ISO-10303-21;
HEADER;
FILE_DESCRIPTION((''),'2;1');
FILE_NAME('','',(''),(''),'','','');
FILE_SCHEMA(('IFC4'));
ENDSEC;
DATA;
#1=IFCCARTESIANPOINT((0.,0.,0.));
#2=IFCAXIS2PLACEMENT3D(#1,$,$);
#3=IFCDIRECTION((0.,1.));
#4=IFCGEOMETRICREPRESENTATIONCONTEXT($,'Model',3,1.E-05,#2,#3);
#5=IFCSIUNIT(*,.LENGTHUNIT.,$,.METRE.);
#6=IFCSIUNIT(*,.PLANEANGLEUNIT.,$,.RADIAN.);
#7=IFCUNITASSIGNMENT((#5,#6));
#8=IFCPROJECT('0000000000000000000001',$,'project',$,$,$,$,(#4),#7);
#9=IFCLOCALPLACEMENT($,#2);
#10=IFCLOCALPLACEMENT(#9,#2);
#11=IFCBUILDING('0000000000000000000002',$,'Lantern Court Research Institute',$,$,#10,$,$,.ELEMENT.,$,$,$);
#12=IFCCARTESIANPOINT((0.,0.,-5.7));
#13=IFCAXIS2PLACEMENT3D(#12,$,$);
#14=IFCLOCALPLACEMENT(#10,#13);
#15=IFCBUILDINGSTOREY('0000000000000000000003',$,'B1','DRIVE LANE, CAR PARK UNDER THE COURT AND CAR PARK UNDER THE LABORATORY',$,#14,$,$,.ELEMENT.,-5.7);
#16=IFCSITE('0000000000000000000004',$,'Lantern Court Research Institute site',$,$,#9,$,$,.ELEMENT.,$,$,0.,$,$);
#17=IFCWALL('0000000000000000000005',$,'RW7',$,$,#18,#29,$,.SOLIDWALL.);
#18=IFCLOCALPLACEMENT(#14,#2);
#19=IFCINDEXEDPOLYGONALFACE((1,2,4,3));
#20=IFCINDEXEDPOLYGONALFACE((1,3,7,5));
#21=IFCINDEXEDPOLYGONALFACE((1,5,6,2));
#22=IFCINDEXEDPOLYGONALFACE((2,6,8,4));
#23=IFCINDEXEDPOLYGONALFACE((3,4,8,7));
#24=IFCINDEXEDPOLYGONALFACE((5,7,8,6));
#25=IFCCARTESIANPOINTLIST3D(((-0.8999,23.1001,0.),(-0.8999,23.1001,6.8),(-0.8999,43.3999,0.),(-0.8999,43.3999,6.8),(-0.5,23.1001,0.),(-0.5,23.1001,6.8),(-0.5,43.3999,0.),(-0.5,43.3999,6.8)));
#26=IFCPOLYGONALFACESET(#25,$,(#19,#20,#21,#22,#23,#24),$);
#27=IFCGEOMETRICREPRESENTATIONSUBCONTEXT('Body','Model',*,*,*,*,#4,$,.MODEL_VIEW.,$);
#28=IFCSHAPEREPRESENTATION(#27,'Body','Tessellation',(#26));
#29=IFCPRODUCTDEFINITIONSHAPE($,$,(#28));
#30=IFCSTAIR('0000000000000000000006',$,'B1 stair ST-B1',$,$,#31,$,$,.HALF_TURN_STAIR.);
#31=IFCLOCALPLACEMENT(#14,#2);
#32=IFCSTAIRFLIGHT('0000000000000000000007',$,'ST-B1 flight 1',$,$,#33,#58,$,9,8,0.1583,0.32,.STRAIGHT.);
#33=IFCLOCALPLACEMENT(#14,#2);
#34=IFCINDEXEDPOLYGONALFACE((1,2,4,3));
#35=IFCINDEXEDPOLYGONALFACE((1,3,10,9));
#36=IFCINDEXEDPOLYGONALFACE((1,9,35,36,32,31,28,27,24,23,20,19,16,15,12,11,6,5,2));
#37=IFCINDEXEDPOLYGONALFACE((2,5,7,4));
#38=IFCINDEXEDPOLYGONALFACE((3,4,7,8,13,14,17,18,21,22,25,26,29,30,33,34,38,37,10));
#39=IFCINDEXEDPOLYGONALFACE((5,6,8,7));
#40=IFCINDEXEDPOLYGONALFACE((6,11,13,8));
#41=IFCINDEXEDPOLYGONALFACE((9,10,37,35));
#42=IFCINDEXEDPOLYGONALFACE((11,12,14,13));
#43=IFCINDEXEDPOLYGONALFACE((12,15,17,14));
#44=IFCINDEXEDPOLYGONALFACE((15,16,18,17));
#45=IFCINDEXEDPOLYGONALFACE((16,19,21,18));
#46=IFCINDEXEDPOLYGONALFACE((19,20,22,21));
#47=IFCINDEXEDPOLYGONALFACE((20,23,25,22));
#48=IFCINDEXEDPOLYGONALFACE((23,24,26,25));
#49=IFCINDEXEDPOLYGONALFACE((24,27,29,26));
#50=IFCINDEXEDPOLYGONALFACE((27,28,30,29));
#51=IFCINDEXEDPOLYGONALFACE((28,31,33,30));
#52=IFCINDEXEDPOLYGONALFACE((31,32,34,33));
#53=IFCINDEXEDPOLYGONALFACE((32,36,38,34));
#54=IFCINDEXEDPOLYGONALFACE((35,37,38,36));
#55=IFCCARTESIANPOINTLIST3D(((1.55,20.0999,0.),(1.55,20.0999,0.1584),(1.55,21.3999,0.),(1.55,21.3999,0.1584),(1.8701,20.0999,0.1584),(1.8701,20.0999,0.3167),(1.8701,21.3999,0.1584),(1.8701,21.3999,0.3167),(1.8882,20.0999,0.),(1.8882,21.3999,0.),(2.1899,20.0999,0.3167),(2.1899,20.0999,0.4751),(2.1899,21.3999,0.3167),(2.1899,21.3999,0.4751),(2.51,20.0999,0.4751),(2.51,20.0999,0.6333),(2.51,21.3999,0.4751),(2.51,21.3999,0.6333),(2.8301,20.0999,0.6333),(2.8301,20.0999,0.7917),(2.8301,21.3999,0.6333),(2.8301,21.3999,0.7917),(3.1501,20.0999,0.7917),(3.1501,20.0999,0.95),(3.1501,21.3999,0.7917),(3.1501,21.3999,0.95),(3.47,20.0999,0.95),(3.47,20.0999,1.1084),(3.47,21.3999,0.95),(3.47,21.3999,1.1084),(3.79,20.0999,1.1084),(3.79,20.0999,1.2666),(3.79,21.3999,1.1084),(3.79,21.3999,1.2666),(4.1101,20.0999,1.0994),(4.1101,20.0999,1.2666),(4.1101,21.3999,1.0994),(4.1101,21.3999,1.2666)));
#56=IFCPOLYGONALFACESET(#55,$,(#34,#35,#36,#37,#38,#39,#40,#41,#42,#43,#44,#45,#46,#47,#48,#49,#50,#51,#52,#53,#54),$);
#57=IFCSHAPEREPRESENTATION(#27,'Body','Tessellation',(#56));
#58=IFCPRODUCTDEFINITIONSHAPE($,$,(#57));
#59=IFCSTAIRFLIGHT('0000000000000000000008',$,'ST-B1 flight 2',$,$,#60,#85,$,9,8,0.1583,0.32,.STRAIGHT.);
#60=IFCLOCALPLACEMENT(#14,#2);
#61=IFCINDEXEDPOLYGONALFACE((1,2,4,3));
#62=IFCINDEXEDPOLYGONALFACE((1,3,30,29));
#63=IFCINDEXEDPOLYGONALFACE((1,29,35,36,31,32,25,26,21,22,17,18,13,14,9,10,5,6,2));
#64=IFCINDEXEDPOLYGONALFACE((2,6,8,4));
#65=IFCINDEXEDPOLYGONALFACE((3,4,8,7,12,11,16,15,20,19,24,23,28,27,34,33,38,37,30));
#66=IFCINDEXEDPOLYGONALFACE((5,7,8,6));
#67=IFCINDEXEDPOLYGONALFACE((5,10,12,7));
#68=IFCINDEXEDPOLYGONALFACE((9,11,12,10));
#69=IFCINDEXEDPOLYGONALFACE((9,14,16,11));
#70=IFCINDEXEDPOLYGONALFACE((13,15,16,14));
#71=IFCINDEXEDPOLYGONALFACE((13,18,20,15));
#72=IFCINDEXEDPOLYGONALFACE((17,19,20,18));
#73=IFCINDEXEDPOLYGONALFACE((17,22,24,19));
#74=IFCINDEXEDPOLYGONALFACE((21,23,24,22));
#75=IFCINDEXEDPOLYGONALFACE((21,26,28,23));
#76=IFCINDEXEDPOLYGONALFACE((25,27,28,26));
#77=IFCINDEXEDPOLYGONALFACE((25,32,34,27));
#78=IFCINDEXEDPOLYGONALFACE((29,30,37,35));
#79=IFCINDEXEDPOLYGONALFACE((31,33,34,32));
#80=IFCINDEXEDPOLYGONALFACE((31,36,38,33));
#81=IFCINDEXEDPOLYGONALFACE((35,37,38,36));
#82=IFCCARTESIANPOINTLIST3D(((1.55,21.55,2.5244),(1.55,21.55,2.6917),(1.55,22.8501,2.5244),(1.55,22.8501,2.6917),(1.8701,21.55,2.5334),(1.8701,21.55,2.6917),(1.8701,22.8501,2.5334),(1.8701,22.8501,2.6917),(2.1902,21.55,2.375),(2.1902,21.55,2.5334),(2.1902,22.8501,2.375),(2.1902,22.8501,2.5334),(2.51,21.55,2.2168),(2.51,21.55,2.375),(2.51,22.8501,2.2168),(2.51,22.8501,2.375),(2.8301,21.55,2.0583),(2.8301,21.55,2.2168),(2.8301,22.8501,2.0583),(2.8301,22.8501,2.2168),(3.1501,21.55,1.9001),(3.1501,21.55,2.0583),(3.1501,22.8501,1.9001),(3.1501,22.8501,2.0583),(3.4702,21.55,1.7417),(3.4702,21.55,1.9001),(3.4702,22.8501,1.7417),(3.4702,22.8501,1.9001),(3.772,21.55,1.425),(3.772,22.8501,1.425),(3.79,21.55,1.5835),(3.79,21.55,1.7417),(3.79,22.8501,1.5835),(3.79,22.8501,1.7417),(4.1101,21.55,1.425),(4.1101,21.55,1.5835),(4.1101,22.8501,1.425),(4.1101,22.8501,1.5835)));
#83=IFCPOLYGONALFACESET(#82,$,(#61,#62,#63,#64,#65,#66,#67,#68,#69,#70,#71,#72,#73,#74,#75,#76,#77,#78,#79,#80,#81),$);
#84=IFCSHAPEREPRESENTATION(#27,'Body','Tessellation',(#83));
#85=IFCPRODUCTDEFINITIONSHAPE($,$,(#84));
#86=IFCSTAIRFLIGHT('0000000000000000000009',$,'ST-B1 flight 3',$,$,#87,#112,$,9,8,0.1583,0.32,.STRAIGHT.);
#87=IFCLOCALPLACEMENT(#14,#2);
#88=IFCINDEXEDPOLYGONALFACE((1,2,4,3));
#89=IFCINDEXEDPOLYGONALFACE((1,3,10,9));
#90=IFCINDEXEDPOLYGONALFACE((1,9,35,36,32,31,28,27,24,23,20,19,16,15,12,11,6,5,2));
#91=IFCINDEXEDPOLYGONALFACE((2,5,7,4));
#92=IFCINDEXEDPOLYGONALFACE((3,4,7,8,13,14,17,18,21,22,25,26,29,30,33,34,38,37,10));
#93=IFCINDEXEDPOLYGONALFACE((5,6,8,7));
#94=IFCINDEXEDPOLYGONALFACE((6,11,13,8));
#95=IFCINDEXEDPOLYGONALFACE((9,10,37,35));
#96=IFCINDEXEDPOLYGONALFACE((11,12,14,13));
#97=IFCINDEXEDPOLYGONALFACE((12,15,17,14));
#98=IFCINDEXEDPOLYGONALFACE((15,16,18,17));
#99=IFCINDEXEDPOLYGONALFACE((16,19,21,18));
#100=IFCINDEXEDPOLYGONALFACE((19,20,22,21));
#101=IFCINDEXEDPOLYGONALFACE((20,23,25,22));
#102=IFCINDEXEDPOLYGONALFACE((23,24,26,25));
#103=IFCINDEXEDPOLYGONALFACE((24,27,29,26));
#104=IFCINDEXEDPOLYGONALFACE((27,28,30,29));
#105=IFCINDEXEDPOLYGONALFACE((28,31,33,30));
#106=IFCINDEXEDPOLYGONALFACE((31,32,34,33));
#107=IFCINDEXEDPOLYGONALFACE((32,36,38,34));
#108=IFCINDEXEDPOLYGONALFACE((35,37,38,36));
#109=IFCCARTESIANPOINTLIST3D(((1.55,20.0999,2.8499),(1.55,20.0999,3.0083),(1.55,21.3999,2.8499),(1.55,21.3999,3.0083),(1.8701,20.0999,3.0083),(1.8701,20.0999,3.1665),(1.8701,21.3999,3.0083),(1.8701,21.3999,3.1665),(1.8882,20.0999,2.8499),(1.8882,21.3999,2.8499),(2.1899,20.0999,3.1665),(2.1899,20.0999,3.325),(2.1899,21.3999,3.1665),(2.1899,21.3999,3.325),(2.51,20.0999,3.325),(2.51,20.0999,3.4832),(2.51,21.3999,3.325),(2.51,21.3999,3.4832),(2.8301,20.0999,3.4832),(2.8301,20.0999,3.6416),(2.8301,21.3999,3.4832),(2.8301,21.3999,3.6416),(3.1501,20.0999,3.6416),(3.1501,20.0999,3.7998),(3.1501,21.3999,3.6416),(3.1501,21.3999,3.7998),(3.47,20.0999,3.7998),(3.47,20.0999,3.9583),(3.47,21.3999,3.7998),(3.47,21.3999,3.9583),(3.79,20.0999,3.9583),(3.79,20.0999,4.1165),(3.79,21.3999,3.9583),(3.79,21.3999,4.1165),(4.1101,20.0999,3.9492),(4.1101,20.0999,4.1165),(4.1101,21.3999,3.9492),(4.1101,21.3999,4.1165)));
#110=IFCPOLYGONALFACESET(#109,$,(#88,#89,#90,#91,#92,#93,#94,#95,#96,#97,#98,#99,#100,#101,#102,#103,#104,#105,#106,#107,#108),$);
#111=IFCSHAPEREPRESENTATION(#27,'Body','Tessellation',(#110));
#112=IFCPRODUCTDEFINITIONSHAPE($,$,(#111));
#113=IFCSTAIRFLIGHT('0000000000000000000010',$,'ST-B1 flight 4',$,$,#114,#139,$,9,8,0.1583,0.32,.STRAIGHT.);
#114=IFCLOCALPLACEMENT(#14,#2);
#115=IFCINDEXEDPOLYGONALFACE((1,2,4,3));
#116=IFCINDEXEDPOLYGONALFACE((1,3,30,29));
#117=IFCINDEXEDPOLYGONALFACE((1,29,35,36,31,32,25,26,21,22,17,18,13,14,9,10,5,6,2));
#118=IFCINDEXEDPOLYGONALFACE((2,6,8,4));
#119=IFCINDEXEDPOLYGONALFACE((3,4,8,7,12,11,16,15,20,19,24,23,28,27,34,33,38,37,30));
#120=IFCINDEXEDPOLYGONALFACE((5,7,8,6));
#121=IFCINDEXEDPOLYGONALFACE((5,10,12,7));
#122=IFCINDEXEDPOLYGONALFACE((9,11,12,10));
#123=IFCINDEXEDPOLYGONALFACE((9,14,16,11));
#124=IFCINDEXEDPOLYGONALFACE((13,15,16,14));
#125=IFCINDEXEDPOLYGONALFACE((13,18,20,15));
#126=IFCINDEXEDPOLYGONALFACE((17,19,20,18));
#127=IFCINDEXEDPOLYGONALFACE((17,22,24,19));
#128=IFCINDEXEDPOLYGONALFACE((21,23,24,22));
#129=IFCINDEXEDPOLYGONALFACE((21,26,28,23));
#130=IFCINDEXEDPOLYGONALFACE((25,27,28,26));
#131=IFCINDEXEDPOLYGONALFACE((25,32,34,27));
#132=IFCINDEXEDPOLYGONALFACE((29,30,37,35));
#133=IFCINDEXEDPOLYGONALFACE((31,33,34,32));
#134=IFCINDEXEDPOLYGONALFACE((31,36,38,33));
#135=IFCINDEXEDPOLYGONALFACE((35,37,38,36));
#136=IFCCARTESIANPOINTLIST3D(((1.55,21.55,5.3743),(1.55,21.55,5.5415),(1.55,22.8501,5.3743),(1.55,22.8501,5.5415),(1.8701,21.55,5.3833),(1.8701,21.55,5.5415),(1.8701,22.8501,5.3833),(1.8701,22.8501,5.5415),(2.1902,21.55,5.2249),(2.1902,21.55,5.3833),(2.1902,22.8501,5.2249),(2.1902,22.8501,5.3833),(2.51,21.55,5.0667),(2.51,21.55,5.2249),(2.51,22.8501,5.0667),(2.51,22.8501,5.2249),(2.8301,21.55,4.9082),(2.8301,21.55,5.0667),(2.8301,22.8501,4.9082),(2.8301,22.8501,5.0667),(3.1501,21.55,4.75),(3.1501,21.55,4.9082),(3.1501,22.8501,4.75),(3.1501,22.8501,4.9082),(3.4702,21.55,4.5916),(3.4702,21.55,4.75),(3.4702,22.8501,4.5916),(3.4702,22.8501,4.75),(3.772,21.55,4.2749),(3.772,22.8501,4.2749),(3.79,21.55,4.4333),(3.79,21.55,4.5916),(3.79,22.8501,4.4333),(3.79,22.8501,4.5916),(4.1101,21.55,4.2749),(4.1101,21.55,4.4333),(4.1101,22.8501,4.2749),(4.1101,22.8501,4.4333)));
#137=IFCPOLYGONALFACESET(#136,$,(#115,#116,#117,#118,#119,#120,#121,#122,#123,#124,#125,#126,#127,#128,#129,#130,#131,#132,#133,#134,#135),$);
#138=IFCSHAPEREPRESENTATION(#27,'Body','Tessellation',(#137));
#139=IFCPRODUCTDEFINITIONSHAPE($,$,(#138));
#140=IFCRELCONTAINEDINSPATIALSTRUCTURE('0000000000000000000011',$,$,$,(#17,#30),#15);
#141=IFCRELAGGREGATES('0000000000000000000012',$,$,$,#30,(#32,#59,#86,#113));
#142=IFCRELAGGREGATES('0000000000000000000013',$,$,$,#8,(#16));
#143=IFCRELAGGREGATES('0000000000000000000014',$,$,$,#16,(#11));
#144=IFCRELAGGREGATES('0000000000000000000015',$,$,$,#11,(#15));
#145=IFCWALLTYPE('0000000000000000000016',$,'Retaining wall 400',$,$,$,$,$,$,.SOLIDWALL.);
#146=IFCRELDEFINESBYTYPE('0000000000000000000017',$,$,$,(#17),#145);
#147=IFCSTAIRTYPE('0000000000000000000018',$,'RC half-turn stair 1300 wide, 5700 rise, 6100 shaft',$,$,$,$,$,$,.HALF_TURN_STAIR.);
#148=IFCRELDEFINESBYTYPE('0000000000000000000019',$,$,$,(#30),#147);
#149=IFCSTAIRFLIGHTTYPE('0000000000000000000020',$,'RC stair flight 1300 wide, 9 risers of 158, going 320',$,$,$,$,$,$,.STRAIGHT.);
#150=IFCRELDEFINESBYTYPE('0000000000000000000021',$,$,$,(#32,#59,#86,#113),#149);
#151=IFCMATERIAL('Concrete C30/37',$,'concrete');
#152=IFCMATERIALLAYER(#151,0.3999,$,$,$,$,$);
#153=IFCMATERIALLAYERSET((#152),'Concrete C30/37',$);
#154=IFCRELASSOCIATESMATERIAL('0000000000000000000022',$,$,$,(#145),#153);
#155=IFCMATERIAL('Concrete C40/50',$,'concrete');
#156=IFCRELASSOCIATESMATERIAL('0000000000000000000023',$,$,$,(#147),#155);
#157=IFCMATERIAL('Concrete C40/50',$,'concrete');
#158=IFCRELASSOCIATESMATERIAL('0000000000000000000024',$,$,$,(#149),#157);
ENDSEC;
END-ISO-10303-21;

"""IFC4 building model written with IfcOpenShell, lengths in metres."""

from ifc_helpers import new_model, si_unit, direction, frame, frame_2d, origin, place, context, subcontext, project, spatial, polyline, rectangle, outline, extrude, material, layer, layer_set, type_object, element, aggregate, save


model = new_model("IFC4")

# Units and contexts
model_context = context("Model", 3, precision=1e-05, world=origin(), true_north=direction((0.0, 1.0)))
body_context = subcontext(model_context, "Body", "Model", "MODEL_VIEW")
ifc_project = project(units=[si_unit("LENGTHUNIT", "METRE"), si_unit("PLANEANGLEUNIT", "RADIAN")], contexts=[model_context])

# Site, building, storey
site_placement = place(None, origin())
site = spatial("IfcSite", under=ifc_project, at=site_placement, Name="Lantern Court Research Institute site", CompositionType="ELEMENT", RefElevation=0.0)
building_placement = place(site_placement, origin())
building = spatial("IfcBuilding", under=site, at=building_placement, Name="Lantern Court Research Institute", CompositionType="ELEMENT")
storey_placement = place(building_placement, frame((0.0, 0.0, -5.7)))
storey = spatial("IfcBuildingStorey", under=building, at=storey_placement, Name="B1", Description="DRIVE LANE, CAR PARK UNDER THE COURT AND CAR PARK UNDER THE LABORATORY", CompositionType="ELEMENT", Elevation=-5.7)

# Wall
ifc_material_1 = material(Name="Concrete C30/37", Category="concrete")
ifc_layer_1 = layer(ifc_material_1, 0.3999)
ifc_layer_set_1 = layer_set([ifc_layer_1], Name="Concrete C30/37")
wall_type_1 = type_object("IfcWallType", Name="Retaining wall 400", PredefinedType="SOLIDWALL", material=ifc_layer_set_1)
wall_1_placement = place(storey_placement, frame((-0.7, 23.1001, 0.0), z_axis=(0.0, 0.0, 1.0), x_axis=(0.0, 1.0, 0.0)))
element("IfcWall", 1, at=wall_1_placement, inside=storey, type_object=wall_type_1, Name="RW7", PredefinedType="SOLIDWALL", context=body_context, shape_type="SweptSolid", body=[
    extrude(rectangle(XDim=20.2998, YDim=0.3999, at=frame_2d((10.1499, 0.0))), origin(), (0.0, 0.0, 1.0), 6.8),
])

# Stair, stair flights
ifc_material_2 = material(Name="Concrete C40/50", Category="concrete")
stair_type = type_object("IfcStairType", Name="RC half-turn stair 1300 wide, 5700 rise, 6100 shaft", PredefinedType="HALF_TURN_STAIR", material=ifc_material_2)
stair_placement = place(storey_placement, origin())
stair = element("IfcStair", 2, at=stair_placement, inside=storey, type_object=stair_type, Name="B1 stair ST-B1", PredefinedType="HALF_TURN_STAIR")
ifc_material_3 = material(Name="Concrete C40/50", Category="concrete")
stair_flight_type = type_object("IfcStairFlightType", Name="RC stair flight 1300 wide, 9 risers of 158, going 320", PredefinedType="STRAIGHT", material=ifc_material_3)
stair_flight_1_placement = place(storey_placement, frame((1.55, 20.75, 0.0), z_axis=(0.0, 0.0, 1.0), x_axis=(1.0, 0.0, 0.0)))
stair_flight_1 = element("IfcStairFlight", 3, at=stair_flight_1_placement, type_object=stair_flight_type, Name="ST-B1 flight 1", NumberOfRisers=9, NumberOfTreads=8, PredefinedType="STRAIGHT", RiserHeight=0.1583, TreadLength=0.32, context=body_context, shape_type="SweptSolid", body=[
    extrude(outline(polyline([(0.0, 0.0), (0.0, 0.1584), (0.3201, 0.1584), (0.3201, 0.3167), (0.6399, 0.3167), (0.6399, 0.4751), (0.96, 0.4751), (0.96, 0.6333), (1.28, 0.6333), (1.28, 0.7917), (1.6001, 0.7917), (1.6001, 0.95), (1.9199, 0.95), (1.9199, 1.1084), (2.24, 1.1084), (2.24, 1.2666), (2.5601, 1.2666), (2.5601, 1.425), (2.5601, 1.0994), (0.3381, 0.0), (0.0, 0.0)])), frame((0.0, 0.6499, 0.0), z_axis=(0.0, -1.0, 0.0), x_axis=(1.0, 0.0, 0.0)), (0.0, 0.0, 1.0), 1.3),
])
stair_flight_2_placement = place(storey_placement, frame((4.1101, 22.2, 1.425), z_axis=(0.0, 0.0, 1.0), x_axis=(-1.0, 0.0, 0.0)))
stair_flight_2 = element("IfcStairFlight", 4, at=stair_flight_2_placement, type_object=stair_flight_type, Name="ST-B1 flight 2", NumberOfRisers=9, NumberOfTreads=8, PredefinedType="STRAIGHT", RiserHeight=0.1583, TreadLength=0.32, context=body_context, shape_type="SweptSolid", body=[
    extrude(outline(polyline([(0.0, 0.0), (0.0, 0.1584), (0.3201, 0.1584), (0.3201, 0.3167), (0.6399, 0.3167), (0.6399, 0.4751), (0.96, 0.4751), (0.96, 0.6333), (1.28, 0.6333), (1.28, 0.7917), (1.6001, 0.7917), (1.6001, 0.95), (1.9199, 0.95), (1.9199, 1.1084), (2.24, 1.1084), (2.24, 1.2666), (2.5601, 1.2666), (2.5601, 1.425), (2.5601, 1.0994), (0.3381, 0.0), (0.0, 0.0)])), frame((0.0, 0.6499, 0.0), z_axis=(0.0, -1.0, 0.0), x_axis=(1.0, 0.0, 0.0)), (0.0, 0.0, 1.0), 1.3),
])
stair_flight_3_placement = place(storey_placement, frame((1.55, 20.75, 2.8499), z_axis=(0.0, 0.0, 1.0), x_axis=(1.0, 0.0, 0.0)))
stair_flight_3 = element("IfcStairFlight", 5, at=stair_flight_3_placement, type_object=stair_flight_type, Name="ST-B1 flight 3", NumberOfRisers=9, NumberOfTreads=8, PredefinedType="STRAIGHT", RiserHeight=0.1583, TreadLength=0.32, context=body_context, shape_type="SweptSolid", body=[
    extrude(outline(polyline([(0.0, 0.0), (0.0, 0.1584), (0.3201, 0.1584), (0.3201, 0.3167), (0.6399, 0.3167), (0.6399, 0.4751), (0.96, 0.4751), (0.96, 0.6333), (1.28, 0.6333), (1.28, 0.7917), (1.6001, 0.7917), (1.6001, 0.95), (1.9199, 0.95), (1.9199, 1.1084), (2.24, 1.1084), (2.24, 1.2666), (2.5601, 1.2666), (2.5601, 1.425), (2.5601, 1.0994), (0.3381, 0.0), (0.0, 0.0)])), frame((0.0, 0.6499, 0.0), z_axis=(0.0, -1.0, 0.0), x_axis=(1.0, 0.0, 0.0)), (0.0, 0.0, 1.0), 1.3),
])
stair_flight_4_placement = place(storey_placement, frame((4.1101, 22.2, 4.2749), z_axis=(0.0, 0.0, 1.0), x_axis=(-1.0, 0.0, 0.0)))
stair_flight_4 = element("IfcStairFlight", 6, at=stair_flight_4_placement, type_object=stair_flight_type, Name="ST-B1 flight 4", NumberOfRisers=9, NumberOfTreads=8, PredefinedType="STRAIGHT", RiserHeight=0.1583, TreadLength=0.32, context=body_context, shape_type="SweptSolid", body=[
    extrude(outline(polyline([(0.0, 0.0), (0.0, 0.1584), (0.3201, 0.1584), (0.3201, 0.3167), (0.6399, 0.3167), (0.6399, 0.4751), (0.96, 0.4751), (0.96, 0.6333), (1.28, 0.6333), (1.28, 0.7917), (1.6001, 0.7917), (1.6001, 0.95), (1.9199, 0.95), (1.9199, 1.1084), (2.24, 1.1084), (2.24, 1.2666), (2.5601, 1.2666), (2.5601, 1.425), (2.5601, 1.0994), (0.3381, 0.0), (0.0, 0.0)])), frame((0.0, 0.6499, 0.0), z_axis=(0.0, -1.0, 0.0), x_axis=(1.0, 0.0, 0.0)), (0.0, 0.0, 1.0), 1.3),
])
aggregate(stair, [stair_flight_1, stair_flight_2, stair_flight_3, stair_flight_4])

save(model, "model.ifc")
